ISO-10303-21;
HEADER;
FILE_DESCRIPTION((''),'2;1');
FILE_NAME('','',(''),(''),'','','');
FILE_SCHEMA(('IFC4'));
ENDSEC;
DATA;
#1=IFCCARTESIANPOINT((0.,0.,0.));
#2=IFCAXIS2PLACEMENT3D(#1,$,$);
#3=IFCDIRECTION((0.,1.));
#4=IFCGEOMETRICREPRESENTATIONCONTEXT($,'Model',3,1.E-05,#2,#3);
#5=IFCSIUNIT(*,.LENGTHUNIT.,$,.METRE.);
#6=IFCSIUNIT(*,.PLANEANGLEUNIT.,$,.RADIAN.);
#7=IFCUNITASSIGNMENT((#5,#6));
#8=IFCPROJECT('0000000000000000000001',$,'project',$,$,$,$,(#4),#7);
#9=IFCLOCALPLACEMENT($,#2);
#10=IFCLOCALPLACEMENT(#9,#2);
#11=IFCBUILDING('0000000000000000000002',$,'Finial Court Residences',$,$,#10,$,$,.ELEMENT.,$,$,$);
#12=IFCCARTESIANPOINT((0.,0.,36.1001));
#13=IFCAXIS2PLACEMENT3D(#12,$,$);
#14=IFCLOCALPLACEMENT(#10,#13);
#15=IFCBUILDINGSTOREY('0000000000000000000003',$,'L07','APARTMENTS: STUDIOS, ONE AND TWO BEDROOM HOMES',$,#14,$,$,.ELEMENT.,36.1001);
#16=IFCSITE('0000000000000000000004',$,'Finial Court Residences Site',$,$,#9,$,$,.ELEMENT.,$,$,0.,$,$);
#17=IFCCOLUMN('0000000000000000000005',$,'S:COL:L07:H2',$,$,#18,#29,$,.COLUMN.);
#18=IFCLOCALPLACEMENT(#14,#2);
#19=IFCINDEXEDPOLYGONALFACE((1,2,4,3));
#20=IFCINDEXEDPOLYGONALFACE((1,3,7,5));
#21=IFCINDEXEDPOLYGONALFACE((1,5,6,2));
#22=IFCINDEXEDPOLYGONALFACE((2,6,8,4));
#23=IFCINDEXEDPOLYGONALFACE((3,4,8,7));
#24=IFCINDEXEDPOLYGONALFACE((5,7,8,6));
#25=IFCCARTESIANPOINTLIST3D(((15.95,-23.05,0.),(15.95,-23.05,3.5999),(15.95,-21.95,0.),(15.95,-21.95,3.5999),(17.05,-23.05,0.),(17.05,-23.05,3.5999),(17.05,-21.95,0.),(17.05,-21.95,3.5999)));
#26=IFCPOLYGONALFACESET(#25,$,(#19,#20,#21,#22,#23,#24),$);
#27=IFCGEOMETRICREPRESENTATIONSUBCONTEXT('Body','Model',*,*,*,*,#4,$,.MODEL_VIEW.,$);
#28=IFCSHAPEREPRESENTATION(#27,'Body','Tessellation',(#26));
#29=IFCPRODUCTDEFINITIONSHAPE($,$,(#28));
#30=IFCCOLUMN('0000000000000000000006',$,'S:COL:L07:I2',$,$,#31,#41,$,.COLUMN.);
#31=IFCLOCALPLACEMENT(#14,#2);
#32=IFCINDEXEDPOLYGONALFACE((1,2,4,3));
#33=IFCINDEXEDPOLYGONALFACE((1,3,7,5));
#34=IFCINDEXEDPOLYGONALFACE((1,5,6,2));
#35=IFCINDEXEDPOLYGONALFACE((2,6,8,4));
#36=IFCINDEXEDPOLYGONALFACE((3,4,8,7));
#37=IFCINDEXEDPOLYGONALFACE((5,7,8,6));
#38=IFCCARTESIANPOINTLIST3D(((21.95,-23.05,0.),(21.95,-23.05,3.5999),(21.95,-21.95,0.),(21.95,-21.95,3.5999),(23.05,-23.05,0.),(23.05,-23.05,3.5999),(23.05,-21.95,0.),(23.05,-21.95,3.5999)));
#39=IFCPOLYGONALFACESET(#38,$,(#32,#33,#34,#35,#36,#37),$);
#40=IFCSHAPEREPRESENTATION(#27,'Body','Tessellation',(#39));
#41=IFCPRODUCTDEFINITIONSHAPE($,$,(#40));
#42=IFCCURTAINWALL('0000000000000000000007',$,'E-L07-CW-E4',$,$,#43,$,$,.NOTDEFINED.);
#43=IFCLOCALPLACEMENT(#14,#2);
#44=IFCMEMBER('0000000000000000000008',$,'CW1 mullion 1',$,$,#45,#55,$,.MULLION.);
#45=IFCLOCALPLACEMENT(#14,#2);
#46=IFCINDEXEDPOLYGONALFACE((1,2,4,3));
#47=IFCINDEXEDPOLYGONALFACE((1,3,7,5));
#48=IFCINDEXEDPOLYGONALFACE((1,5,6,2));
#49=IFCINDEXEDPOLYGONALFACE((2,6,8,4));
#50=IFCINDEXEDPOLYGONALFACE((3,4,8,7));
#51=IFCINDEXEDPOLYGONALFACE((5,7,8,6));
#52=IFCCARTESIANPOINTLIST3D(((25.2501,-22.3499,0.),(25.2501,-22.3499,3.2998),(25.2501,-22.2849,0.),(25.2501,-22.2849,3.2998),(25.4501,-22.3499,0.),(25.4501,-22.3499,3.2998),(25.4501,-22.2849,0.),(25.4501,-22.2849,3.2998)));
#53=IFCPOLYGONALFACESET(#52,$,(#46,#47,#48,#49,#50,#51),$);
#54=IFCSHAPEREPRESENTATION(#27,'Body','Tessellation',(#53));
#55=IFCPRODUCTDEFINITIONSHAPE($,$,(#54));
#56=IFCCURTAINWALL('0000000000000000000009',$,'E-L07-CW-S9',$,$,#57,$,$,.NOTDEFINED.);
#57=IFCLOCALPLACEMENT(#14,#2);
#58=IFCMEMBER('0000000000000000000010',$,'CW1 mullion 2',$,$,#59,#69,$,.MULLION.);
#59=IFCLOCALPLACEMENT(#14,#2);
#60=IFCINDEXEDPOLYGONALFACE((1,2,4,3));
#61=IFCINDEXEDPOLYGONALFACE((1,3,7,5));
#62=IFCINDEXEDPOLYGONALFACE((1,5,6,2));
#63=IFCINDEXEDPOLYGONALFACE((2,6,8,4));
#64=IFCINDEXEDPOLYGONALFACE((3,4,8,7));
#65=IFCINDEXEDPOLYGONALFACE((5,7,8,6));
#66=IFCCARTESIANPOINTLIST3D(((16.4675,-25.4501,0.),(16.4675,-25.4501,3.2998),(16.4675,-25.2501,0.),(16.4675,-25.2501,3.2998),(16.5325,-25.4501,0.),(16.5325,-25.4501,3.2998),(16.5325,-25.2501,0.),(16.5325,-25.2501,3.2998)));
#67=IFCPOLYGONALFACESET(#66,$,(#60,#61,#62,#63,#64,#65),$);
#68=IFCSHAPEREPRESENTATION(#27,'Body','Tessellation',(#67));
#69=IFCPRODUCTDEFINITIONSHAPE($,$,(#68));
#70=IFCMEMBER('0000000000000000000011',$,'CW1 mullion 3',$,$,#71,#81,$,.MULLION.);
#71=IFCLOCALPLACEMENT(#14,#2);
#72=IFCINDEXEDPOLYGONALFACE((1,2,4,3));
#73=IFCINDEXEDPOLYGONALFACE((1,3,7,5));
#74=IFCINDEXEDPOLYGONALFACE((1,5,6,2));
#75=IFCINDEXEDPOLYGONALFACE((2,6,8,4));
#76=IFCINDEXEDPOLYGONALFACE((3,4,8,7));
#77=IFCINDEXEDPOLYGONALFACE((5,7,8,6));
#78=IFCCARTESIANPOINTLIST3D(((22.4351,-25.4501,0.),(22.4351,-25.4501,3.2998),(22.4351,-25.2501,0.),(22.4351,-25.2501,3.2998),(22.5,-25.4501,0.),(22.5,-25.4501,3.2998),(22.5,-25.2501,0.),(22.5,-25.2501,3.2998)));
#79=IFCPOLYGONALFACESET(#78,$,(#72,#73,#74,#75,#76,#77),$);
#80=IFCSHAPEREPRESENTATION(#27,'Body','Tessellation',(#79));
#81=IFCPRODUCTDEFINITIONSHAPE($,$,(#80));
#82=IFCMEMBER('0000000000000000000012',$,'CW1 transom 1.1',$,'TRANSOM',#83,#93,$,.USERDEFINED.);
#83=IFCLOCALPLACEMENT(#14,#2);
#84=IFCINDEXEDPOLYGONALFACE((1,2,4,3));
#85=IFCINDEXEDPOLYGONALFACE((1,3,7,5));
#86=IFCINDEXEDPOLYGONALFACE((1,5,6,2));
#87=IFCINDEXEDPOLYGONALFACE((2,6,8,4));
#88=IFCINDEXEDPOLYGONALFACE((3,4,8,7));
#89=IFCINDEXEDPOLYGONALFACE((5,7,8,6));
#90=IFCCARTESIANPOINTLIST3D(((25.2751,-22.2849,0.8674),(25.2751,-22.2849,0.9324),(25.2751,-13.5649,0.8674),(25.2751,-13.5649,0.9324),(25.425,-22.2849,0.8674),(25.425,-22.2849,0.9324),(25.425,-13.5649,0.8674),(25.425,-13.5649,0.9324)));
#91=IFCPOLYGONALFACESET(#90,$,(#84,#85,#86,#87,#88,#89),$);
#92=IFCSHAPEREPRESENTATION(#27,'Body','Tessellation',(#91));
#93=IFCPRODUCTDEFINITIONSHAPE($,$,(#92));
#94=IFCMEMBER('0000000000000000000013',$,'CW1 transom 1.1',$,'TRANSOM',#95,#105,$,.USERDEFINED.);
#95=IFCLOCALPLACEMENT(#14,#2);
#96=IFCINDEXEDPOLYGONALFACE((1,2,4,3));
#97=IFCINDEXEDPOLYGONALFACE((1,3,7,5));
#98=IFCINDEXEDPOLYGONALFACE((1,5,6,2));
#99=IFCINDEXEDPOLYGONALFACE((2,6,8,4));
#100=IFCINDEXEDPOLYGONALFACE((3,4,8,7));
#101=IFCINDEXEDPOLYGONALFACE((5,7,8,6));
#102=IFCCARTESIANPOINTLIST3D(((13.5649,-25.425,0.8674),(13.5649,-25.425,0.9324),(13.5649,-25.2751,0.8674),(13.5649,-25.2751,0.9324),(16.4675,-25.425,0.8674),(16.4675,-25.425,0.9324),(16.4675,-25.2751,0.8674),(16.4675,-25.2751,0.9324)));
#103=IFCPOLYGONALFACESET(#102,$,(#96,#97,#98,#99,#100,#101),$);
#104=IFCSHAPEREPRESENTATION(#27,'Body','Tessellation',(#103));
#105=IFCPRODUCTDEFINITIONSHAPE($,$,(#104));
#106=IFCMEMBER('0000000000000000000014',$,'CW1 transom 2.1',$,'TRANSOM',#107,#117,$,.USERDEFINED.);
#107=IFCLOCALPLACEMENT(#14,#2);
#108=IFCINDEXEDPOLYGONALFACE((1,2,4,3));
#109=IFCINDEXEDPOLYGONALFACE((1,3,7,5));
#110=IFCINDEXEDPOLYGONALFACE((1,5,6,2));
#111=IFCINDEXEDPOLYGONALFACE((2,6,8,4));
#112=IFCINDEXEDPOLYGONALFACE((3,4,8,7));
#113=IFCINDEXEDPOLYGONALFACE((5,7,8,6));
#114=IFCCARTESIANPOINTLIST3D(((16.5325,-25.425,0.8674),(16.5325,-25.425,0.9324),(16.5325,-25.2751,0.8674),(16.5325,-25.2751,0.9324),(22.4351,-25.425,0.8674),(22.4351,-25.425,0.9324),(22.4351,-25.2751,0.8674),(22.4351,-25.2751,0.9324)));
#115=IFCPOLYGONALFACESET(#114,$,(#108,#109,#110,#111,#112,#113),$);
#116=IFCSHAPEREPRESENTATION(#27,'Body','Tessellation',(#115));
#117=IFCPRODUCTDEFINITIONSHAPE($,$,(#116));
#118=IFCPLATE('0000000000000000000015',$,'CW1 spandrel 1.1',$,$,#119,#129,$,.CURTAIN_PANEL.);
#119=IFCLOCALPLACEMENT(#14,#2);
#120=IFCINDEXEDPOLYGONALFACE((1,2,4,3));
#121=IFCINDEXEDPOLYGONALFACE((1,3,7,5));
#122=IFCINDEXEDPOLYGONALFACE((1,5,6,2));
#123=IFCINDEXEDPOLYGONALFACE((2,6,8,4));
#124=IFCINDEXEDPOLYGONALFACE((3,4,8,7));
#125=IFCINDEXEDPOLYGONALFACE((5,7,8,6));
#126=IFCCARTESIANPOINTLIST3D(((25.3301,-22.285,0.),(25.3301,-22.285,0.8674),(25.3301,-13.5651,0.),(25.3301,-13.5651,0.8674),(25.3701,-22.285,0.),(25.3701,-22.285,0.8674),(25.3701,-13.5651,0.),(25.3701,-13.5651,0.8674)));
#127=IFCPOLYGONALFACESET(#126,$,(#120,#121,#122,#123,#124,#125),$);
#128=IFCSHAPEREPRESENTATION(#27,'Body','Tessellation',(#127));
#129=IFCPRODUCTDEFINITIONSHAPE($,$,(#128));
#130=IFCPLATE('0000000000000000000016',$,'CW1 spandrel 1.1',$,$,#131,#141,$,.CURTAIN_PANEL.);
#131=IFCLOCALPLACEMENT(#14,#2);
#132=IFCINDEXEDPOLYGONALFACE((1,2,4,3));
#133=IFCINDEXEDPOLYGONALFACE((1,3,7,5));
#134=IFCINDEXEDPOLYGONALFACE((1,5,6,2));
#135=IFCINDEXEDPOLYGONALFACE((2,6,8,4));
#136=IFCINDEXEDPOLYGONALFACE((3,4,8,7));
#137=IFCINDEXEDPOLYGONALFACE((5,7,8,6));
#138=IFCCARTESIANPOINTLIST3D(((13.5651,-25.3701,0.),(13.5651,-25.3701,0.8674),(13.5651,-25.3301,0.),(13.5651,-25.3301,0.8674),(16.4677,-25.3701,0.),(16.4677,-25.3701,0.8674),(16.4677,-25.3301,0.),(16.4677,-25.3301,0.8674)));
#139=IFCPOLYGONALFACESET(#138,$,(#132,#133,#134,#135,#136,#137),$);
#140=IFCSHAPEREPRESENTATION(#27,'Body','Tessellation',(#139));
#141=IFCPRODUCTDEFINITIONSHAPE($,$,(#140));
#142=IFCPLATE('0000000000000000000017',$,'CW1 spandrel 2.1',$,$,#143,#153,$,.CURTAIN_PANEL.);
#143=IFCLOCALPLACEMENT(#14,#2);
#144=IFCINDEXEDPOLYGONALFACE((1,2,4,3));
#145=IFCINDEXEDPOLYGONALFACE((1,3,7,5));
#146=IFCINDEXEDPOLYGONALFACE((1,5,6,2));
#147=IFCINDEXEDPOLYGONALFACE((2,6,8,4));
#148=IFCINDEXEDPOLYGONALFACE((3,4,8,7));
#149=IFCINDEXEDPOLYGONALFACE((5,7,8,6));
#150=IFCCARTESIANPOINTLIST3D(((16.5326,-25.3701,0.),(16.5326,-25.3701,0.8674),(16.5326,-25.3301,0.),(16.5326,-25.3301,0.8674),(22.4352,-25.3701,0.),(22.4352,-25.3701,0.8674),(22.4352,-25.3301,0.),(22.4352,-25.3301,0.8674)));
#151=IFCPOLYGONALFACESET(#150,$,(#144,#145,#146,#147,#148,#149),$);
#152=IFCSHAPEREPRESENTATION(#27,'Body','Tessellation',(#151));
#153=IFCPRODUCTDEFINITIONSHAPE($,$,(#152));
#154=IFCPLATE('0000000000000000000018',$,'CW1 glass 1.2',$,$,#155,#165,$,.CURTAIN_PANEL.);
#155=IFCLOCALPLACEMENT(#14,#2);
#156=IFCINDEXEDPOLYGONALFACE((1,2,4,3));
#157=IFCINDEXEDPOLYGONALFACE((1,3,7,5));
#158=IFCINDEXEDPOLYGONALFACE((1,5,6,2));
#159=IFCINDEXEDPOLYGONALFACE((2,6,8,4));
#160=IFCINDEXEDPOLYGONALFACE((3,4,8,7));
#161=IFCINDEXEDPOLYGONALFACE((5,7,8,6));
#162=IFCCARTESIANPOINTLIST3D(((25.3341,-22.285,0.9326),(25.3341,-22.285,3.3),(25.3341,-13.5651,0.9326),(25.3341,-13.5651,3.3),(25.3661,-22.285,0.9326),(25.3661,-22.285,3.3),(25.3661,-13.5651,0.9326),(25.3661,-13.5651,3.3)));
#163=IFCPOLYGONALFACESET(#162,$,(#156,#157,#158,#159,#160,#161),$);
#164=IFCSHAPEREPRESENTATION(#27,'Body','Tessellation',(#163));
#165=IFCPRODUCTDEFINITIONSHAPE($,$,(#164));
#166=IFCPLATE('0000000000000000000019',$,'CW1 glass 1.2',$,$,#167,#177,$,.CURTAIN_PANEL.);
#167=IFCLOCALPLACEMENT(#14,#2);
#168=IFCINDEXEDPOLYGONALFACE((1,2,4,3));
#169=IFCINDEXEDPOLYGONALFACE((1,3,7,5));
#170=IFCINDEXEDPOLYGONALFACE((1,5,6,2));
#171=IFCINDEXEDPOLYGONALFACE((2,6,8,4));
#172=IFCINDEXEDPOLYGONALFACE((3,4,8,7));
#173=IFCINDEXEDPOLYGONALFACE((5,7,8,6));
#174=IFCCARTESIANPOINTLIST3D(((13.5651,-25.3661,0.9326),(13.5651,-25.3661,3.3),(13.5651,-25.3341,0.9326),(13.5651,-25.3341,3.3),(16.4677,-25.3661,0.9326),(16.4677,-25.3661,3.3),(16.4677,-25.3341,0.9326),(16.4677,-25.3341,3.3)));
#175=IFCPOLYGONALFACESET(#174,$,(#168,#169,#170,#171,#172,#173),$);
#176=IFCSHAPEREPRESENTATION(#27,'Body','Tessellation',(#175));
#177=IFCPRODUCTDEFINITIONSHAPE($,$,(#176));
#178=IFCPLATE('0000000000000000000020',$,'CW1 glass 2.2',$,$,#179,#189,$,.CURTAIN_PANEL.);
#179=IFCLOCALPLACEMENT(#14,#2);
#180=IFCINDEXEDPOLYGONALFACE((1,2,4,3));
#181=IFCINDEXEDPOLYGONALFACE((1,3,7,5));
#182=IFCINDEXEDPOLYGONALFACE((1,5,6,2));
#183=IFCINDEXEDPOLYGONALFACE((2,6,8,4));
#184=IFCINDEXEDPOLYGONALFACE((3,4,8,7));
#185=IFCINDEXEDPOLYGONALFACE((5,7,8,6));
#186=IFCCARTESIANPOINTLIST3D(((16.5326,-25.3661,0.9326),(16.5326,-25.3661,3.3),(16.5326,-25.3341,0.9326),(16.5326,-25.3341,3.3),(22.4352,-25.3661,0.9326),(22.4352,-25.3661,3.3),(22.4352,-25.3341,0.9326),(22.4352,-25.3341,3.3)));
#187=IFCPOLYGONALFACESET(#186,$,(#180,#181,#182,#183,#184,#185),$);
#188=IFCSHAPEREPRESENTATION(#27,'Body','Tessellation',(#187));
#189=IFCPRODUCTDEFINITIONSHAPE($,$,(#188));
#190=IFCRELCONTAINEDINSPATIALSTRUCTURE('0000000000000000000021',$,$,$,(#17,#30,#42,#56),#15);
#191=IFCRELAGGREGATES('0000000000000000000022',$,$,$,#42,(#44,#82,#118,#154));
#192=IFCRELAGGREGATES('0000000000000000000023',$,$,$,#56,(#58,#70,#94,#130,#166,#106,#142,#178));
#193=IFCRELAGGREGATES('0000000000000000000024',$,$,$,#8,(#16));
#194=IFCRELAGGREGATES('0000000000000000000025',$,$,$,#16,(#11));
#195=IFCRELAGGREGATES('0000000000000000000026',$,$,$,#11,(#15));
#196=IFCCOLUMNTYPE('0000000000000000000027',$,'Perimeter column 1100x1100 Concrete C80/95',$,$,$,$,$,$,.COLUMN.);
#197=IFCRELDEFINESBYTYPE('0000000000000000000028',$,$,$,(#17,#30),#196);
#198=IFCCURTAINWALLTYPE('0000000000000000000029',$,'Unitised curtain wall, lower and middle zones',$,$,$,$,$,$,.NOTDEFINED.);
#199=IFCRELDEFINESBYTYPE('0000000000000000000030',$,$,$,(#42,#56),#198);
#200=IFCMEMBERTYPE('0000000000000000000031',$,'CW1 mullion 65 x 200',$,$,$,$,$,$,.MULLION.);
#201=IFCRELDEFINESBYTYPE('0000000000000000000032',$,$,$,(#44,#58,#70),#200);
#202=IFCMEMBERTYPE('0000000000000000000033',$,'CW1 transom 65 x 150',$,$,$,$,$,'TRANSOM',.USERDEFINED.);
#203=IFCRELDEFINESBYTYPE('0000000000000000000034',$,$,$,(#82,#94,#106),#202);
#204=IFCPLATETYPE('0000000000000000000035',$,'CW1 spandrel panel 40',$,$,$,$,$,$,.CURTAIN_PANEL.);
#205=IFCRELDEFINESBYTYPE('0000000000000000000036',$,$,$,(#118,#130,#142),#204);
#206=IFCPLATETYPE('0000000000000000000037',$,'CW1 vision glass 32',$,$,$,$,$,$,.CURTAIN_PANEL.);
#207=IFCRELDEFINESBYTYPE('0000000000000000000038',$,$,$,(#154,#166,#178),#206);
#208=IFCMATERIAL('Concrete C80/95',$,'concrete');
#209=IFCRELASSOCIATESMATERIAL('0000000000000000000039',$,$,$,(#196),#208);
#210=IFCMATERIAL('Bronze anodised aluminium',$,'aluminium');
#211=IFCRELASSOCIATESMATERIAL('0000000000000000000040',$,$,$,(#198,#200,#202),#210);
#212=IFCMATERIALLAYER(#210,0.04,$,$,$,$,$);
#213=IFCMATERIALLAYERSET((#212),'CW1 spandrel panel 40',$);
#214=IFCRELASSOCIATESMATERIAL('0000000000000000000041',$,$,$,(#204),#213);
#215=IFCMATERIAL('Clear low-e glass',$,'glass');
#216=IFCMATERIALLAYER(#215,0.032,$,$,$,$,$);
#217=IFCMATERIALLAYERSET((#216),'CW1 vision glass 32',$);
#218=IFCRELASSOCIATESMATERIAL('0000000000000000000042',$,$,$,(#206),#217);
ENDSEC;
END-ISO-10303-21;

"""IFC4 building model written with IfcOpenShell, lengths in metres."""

from ifc_helpers import new_model, si_unit, direction, frame, origin, origin_2d, place, context, subcontext, project, spatial, rectangle, extrude, material, layer, layer_set, material_profile, profile_set, type_object, element, aggregate, save


model = new_model("IFC4")

# Units and contexts
model_context = context("Model", 3, precision=1e-05, world=origin(), true_north=direction((0.0, 1.0)))
body_context = subcontext(model_context, "Body", "Model", "MODEL_VIEW")
ifc_project = project(units=[si_unit("LENGTHUNIT", "METRE"), si_unit("PLANEANGLEUNIT", "RADIAN")], contexts=[model_context])

# Site, building, storey
site_placement = place(None, origin())
site = spatial("IfcSite", under=ifc_project, at=site_placement, Name="Finial Court Residences Site", CompositionType="ELEMENT", RefElevation=0.0)
building_placement = place(site_placement, origin())
building = spatial("IfcBuilding", under=site, at=building_placement, Name="Finial Court Residences", CompositionType="ELEMENT")
storey_placement = place(building_placement, frame((0.0, 0.0, 36.1001)))
storey = spatial("IfcBuildingStorey", under=building, at=storey_placement, Name="L07", Description="APARTMENTS: STUDIOS, ONE AND TWO BEDROOM HOMES", CompositionType="ELEMENT", Elevation=36.1001)

# Columns
ifc_material_1 = material(Name="Concrete C80/95", Category="concrete")
ifc_material_profile_1 = material_profile(ifc_material_1, rectangle(XDim=1.1001, YDim=1.1001, at=origin_2d()), Name="1100x1100")
ifc_profile_set_1 = profile_set([ifc_material_profile_1], Name="Concrete C80/95")
column_type = type_object("IfcColumnType", Name="Perimeter column 1100x1100 Concrete C80/95", PredefinedType="COLUMN", material=ifc_profile_set_1)
for number, where, z_axis, x_axis, name in (
    (1, (16.5, -22.5, 0.0), (0.0, 0.0, 1.0), (1.0, 0.0, 0.0), "S:COL:L07:H2"),
    (2, (22.5, -22.5, 0.0), (0.0, 0.0, 1.0), (1.0, 0.0, 0.0), "S:COL:L07:I2"),
):
    element("IfcColumn", number, at=place(storey_placement, frame(where, z_axis=z_axis, x_axis=x_axis)), inside=storey, type_object=column_type, Name=name, PredefinedType="COLUMN", context=body_context, shape_type="SweptSolid", body=[
        extrude(rectangle(XDim=1.1001, YDim=1.1001, at=origin_2d()), origin(), (0.0, 0.0, 1.0), 3.5999),
    ])

# Curtain wall, member
ifc_material_2 = material(Name="Bronze anodised aluminium", Category="aluminium")
curtain_wall_type = type_object("IfcCurtainWallType", Name="Unitised curtain wall, lower and middle zones", PredefinedType="NOTDEFINED", material=ifc_material_2)
curtain_wall_1_placement = place(storey_placement, origin())
curtain_wall_1 = element("IfcCurtainWall", 3, at=curtain_wall_1_placement, inside=storey, type_object=curtain_wall_type, Name="E-L07-CW-E4", PredefinedType="NOTDEFINED")
ifc_material_profile_2 = material_profile(ifc_material_2, rectangle(XDim=0.2, YDim=0.0649, at=origin_2d()), Name="CW1 mullion 65 x 200")
ifc_profile_set_2 = profile_set([ifc_material_profile_2], Name="Bronze anodised aluminium")
member_type_1 = type_object("IfcMemberType", Name="CW1 mullion 65 x 200", PredefinedType="MULLION", material=ifc_profile_set_2)
member_1_placement = place(storey_placement, frame((25.3501, -22.3174, 0.0), z_axis=(0.0, 0.0, 1.0), x_axis=(-1.0, 0.0, 0.0)))
member_1 = element("IfcMember", 4, at=member_1_placement, type_object=member_type_1, Name="CW1 mullion 1", PredefinedType="MULLION", context=body_context, shape_type="SweptSolid", body=[
    extrude(rectangle(XDim=0.2, YDim=0.0649, at=origin_2d()), origin(), (0.0, 0.0, 1.0), 3.2998),
])

# Curtain wall, members
curtain_wall_2_placement = place(storey_placement, origin())
curtain_wall_2 = element("IfcCurtainWall", 5, at=curtain_wall_2_placement, inside=storey, type_object=curtain_wall_type, Name="E-L07-CW-S9", PredefinedType="NOTDEFINED")
member_2_placement = place(storey_placement, frame((16.5, -25.3501, 0.0), z_axis=(0.0, 0.0, 1.0), x_axis=(0.0, 1.0, 0.0)))
member_2 = element("IfcMember", 6, at=member_2_placement, type_object=member_type_1, Name="CW1 mullion 2", PredefinedType="MULLION", context=body_context, shape_type="SweptSolid", body=[
    extrude(rectangle(XDim=0.2, YDim=0.0649, at=origin_2d()), origin(), (0.0, 0.0, 1.0), 3.2998),
])
member_3_placement = place(storey_placement, frame((22.4675, -25.3501, 0.0), z_axis=(0.0, 0.0, 1.0), x_axis=(0.0, 1.0, 0.0)))
member_3 = element("IfcMember", 7, at=member_3_placement, type_object=member_type_1, Name="CW1 mullion 3", PredefinedType="MULLION", context=body_context, shape_type="SweptSolid", body=[
    extrude(rectangle(XDim=0.2, YDim=0.0649, at=origin_2d()), origin(), (0.0, 0.0, 1.0), 3.2998),
])

# Members
ifc_material_profile_3 = material_profile(ifc_material_2, rectangle(XDim=0.1499, YDim=0.0649, at=origin_2d()), Name="CW1 transom 65 x 150")
ifc_profile_set_3 = profile_set([ifc_material_profile_3], Name="Bronze anodised aluminium")
member_type_2 = type_object("IfcMemberType", Name="CW1 transom 65 x 150", ElementType="TRANSOM", PredefinedType="USERDEFINED", material=ifc_profile_set_3)
member_4_placement = place(storey_placement, frame((25.3501, -22.2849, 0.8999), z_axis=(0.0, 1.0, 0.0), x_axis=(-1.0, 0.0, 0.0)))
member_4 = element("IfcMember", 8, at=member_4_placement, type_object=member_type_2, Name="CW1 transom 1.1", ObjectType="TRANSOM", PredefinedType="USERDEFINED", context=body_context, shape_type="SweptSolid", body=[
    extrude(rectangle(XDim=0.1499, YDim=0.0649, at=origin_2d()), origin(), (0.0, 0.0, 1.0), 8.72),
])
member_5_placement = place(storey_placement, frame((13.5649, -25.3501, 0.8999), z_axis=(1.0, 0.0, 0.0), x_axis=(0.0, 1.0, 0.0)))
member_5 = element("IfcMember", 9, at=member_5_placement, type_object=member_type_2, Name="CW1 transom 1.1", ObjectType="TRANSOM", PredefinedType="USERDEFINED", context=body_context, shape_type="SweptSolid", body=[
    extrude(rectangle(XDim=0.1499, YDim=0.0649, at=origin_2d()), origin(), (0.0, 0.0, 1.0), 2.9026),
])
member_6_placement = place(storey_placement, frame((16.5325, -25.3501, 0.8999), z_axis=(1.0, 0.0, 0.0), x_axis=(0.0, 1.0, 0.0)))
member_6 = element("IfcMember", 10, at=member_6_placement, type_object=member_type_2, Name="CW1 transom 2.1", ObjectType="TRANSOM", PredefinedType="USERDEFINED", context=body_context, shape_type="SweptSolid", body=[
    extrude(rectangle(XDim=0.1499, YDim=0.0649, at=origin_2d()), origin(), (0.0, 0.0, 1.0), 5.9026),
])

# Plates
ifc_layer_1 = layer(ifc_material_2, 0.04)
ifc_layer_set_1 = layer_set([ifc_layer_1], Name="CW1 spandrel panel 40")
plate_type_1 = type_object("IfcPlateType", Name="CW1 spandrel panel 40", PredefinedType="CURTAIN_PANEL", material=ifc_layer_set_1)
plate_1_placement = place(storey_placement, frame((25.3501, -17.925, 0.0), z_axis=(0.0, 0.0, 1.0), x_axis=(0.0, 1.0, 0.0)))
plate_1 = element("IfcPlate", 11, at=plate_1_placement, type_object=plate_type_1, Name="CW1 spandrel 1.1", PredefinedType="CURTAIN_PANEL", context=body_context, shape_type="SweptSolid", body=[
    extrude(rectangle(XDim=8.72, YDim=0.04, at=origin_2d()), origin(), (0.0, 0.0, 1.0), 0.8674),
])
plate_2_placement = place(storey_placement, frame((15.0164, -25.3501, 0.0), z_axis=(0.0, 0.0, 1.0), x_axis=(1.0, 0.0, 0.0)))
plate_2 = element("IfcPlate", 12, at=plate_2_placement, type_object=plate_type_1, Name="CW1 spandrel 1.1", PredefinedType="CURTAIN_PANEL", context=body_context, shape_type="SweptSolid", body=[
    extrude(rectangle(XDim=2.9026, YDim=0.04, at=origin_2d()), origin(), (0.0, 0.0, 1.0), 0.8674),
])
plate_3_placement = place(storey_placement, frame((19.4839, -25.3501, 0.0), z_axis=(0.0, 0.0, 1.0), x_axis=(1.0, 0.0, 0.0)))
plate_3 = element("IfcPlate", 13, at=plate_3_placement, type_object=plate_type_1, Name="CW1 spandrel 2.1", PredefinedType="CURTAIN_PANEL", context=body_context, shape_type="SweptSolid", body=[
    extrude(rectangle(XDim=5.9026, YDim=0.04, at=origin_2d()), origin(), (0.0, 0.0, 1.0), 0.8674),
])
ifc_material_3 = material(Name="Clear low-e glass", Category="glass")
ifc_layer_2 = layer(ifc_material_3, 0.032)
ifc_layer_set_2 = layer_set([ifc_layer_2], Name="CW1 vision glass 32")
plate_type_2 = type_object("IfcPlateType", Name="CW1 vision glass 32", PredefinedType="CURTAIN_PANEL", material=ifc_layer_set_2)
plate_4_placement = place(storey_placement, frame((25.3501, -17.925, 0.9326), z_axis=(0.0, 0.0, 1.0), x_axis=(0.0, 1.0, 0.0)))
plate_4 = element("IfcPlate", 14, at=plate_4_placement, type_object=plate_type_2, Name="CW1 glass 1.2", PredefinedType="CURTAIN_PANEL", context=body_context, shape_type="SweptSolid", body=[
    extrude(rectangle(XDim=8.72, YDim=0.032, at=origin_2d()), origin(), (0.0, 0.0, 1.0), 2.3674),
])
aggregate(curtain_wall_1, [member_1, member_4, plate_1, plate_4])
plate_5_placement = place(storey_placement, frame((15.0164, -25.3501, 0.9326), z_axis=(0.0, 0.0, 1.0), x_axis=(1.0, 0.0, 0.0)))
plate_5 = element("IfcPlate", 15, at=plate_5_placement, type_object=plate_type_2, Name="CW1 glass 1.2", PredefinedType="CURTAIN_PANEL", context=body_context, shape_type="SweptSolid", body=[
    extrude(rectangle(XDim=2.9026, YDim=0.032, at=origin_2d()), origin(), (0.0, 0.0, 1.0), 2.3674),
])
plate_6_placement = place(storey_placement, frame((19.4839, -25.3501, 0.9326), z_axis=(0.0, 0.0, 1.0), x_axis=(1.0, 0.0, 0.0)))
plate_6 = element("IfcPlate", 16, at=plate_6_placement, type_object=plate_type_2, Name="CW1 glass 2.2", PredefinedType="CURTAIN_PANEL", context=body_context, shape_type="SweptSolid", body=[
    extrude(rectangle(XDim=5.9026, YDim=0.032, at=origin_2d()), origin(), (0.0, 0.0, 1.0), 2.3674),
])
aggregate(curtain_wall_2, [member_2, member_3, member_5, plate_2, plate_5, member_6, plate_3, plate_6])

save(model, "model.ifc")
